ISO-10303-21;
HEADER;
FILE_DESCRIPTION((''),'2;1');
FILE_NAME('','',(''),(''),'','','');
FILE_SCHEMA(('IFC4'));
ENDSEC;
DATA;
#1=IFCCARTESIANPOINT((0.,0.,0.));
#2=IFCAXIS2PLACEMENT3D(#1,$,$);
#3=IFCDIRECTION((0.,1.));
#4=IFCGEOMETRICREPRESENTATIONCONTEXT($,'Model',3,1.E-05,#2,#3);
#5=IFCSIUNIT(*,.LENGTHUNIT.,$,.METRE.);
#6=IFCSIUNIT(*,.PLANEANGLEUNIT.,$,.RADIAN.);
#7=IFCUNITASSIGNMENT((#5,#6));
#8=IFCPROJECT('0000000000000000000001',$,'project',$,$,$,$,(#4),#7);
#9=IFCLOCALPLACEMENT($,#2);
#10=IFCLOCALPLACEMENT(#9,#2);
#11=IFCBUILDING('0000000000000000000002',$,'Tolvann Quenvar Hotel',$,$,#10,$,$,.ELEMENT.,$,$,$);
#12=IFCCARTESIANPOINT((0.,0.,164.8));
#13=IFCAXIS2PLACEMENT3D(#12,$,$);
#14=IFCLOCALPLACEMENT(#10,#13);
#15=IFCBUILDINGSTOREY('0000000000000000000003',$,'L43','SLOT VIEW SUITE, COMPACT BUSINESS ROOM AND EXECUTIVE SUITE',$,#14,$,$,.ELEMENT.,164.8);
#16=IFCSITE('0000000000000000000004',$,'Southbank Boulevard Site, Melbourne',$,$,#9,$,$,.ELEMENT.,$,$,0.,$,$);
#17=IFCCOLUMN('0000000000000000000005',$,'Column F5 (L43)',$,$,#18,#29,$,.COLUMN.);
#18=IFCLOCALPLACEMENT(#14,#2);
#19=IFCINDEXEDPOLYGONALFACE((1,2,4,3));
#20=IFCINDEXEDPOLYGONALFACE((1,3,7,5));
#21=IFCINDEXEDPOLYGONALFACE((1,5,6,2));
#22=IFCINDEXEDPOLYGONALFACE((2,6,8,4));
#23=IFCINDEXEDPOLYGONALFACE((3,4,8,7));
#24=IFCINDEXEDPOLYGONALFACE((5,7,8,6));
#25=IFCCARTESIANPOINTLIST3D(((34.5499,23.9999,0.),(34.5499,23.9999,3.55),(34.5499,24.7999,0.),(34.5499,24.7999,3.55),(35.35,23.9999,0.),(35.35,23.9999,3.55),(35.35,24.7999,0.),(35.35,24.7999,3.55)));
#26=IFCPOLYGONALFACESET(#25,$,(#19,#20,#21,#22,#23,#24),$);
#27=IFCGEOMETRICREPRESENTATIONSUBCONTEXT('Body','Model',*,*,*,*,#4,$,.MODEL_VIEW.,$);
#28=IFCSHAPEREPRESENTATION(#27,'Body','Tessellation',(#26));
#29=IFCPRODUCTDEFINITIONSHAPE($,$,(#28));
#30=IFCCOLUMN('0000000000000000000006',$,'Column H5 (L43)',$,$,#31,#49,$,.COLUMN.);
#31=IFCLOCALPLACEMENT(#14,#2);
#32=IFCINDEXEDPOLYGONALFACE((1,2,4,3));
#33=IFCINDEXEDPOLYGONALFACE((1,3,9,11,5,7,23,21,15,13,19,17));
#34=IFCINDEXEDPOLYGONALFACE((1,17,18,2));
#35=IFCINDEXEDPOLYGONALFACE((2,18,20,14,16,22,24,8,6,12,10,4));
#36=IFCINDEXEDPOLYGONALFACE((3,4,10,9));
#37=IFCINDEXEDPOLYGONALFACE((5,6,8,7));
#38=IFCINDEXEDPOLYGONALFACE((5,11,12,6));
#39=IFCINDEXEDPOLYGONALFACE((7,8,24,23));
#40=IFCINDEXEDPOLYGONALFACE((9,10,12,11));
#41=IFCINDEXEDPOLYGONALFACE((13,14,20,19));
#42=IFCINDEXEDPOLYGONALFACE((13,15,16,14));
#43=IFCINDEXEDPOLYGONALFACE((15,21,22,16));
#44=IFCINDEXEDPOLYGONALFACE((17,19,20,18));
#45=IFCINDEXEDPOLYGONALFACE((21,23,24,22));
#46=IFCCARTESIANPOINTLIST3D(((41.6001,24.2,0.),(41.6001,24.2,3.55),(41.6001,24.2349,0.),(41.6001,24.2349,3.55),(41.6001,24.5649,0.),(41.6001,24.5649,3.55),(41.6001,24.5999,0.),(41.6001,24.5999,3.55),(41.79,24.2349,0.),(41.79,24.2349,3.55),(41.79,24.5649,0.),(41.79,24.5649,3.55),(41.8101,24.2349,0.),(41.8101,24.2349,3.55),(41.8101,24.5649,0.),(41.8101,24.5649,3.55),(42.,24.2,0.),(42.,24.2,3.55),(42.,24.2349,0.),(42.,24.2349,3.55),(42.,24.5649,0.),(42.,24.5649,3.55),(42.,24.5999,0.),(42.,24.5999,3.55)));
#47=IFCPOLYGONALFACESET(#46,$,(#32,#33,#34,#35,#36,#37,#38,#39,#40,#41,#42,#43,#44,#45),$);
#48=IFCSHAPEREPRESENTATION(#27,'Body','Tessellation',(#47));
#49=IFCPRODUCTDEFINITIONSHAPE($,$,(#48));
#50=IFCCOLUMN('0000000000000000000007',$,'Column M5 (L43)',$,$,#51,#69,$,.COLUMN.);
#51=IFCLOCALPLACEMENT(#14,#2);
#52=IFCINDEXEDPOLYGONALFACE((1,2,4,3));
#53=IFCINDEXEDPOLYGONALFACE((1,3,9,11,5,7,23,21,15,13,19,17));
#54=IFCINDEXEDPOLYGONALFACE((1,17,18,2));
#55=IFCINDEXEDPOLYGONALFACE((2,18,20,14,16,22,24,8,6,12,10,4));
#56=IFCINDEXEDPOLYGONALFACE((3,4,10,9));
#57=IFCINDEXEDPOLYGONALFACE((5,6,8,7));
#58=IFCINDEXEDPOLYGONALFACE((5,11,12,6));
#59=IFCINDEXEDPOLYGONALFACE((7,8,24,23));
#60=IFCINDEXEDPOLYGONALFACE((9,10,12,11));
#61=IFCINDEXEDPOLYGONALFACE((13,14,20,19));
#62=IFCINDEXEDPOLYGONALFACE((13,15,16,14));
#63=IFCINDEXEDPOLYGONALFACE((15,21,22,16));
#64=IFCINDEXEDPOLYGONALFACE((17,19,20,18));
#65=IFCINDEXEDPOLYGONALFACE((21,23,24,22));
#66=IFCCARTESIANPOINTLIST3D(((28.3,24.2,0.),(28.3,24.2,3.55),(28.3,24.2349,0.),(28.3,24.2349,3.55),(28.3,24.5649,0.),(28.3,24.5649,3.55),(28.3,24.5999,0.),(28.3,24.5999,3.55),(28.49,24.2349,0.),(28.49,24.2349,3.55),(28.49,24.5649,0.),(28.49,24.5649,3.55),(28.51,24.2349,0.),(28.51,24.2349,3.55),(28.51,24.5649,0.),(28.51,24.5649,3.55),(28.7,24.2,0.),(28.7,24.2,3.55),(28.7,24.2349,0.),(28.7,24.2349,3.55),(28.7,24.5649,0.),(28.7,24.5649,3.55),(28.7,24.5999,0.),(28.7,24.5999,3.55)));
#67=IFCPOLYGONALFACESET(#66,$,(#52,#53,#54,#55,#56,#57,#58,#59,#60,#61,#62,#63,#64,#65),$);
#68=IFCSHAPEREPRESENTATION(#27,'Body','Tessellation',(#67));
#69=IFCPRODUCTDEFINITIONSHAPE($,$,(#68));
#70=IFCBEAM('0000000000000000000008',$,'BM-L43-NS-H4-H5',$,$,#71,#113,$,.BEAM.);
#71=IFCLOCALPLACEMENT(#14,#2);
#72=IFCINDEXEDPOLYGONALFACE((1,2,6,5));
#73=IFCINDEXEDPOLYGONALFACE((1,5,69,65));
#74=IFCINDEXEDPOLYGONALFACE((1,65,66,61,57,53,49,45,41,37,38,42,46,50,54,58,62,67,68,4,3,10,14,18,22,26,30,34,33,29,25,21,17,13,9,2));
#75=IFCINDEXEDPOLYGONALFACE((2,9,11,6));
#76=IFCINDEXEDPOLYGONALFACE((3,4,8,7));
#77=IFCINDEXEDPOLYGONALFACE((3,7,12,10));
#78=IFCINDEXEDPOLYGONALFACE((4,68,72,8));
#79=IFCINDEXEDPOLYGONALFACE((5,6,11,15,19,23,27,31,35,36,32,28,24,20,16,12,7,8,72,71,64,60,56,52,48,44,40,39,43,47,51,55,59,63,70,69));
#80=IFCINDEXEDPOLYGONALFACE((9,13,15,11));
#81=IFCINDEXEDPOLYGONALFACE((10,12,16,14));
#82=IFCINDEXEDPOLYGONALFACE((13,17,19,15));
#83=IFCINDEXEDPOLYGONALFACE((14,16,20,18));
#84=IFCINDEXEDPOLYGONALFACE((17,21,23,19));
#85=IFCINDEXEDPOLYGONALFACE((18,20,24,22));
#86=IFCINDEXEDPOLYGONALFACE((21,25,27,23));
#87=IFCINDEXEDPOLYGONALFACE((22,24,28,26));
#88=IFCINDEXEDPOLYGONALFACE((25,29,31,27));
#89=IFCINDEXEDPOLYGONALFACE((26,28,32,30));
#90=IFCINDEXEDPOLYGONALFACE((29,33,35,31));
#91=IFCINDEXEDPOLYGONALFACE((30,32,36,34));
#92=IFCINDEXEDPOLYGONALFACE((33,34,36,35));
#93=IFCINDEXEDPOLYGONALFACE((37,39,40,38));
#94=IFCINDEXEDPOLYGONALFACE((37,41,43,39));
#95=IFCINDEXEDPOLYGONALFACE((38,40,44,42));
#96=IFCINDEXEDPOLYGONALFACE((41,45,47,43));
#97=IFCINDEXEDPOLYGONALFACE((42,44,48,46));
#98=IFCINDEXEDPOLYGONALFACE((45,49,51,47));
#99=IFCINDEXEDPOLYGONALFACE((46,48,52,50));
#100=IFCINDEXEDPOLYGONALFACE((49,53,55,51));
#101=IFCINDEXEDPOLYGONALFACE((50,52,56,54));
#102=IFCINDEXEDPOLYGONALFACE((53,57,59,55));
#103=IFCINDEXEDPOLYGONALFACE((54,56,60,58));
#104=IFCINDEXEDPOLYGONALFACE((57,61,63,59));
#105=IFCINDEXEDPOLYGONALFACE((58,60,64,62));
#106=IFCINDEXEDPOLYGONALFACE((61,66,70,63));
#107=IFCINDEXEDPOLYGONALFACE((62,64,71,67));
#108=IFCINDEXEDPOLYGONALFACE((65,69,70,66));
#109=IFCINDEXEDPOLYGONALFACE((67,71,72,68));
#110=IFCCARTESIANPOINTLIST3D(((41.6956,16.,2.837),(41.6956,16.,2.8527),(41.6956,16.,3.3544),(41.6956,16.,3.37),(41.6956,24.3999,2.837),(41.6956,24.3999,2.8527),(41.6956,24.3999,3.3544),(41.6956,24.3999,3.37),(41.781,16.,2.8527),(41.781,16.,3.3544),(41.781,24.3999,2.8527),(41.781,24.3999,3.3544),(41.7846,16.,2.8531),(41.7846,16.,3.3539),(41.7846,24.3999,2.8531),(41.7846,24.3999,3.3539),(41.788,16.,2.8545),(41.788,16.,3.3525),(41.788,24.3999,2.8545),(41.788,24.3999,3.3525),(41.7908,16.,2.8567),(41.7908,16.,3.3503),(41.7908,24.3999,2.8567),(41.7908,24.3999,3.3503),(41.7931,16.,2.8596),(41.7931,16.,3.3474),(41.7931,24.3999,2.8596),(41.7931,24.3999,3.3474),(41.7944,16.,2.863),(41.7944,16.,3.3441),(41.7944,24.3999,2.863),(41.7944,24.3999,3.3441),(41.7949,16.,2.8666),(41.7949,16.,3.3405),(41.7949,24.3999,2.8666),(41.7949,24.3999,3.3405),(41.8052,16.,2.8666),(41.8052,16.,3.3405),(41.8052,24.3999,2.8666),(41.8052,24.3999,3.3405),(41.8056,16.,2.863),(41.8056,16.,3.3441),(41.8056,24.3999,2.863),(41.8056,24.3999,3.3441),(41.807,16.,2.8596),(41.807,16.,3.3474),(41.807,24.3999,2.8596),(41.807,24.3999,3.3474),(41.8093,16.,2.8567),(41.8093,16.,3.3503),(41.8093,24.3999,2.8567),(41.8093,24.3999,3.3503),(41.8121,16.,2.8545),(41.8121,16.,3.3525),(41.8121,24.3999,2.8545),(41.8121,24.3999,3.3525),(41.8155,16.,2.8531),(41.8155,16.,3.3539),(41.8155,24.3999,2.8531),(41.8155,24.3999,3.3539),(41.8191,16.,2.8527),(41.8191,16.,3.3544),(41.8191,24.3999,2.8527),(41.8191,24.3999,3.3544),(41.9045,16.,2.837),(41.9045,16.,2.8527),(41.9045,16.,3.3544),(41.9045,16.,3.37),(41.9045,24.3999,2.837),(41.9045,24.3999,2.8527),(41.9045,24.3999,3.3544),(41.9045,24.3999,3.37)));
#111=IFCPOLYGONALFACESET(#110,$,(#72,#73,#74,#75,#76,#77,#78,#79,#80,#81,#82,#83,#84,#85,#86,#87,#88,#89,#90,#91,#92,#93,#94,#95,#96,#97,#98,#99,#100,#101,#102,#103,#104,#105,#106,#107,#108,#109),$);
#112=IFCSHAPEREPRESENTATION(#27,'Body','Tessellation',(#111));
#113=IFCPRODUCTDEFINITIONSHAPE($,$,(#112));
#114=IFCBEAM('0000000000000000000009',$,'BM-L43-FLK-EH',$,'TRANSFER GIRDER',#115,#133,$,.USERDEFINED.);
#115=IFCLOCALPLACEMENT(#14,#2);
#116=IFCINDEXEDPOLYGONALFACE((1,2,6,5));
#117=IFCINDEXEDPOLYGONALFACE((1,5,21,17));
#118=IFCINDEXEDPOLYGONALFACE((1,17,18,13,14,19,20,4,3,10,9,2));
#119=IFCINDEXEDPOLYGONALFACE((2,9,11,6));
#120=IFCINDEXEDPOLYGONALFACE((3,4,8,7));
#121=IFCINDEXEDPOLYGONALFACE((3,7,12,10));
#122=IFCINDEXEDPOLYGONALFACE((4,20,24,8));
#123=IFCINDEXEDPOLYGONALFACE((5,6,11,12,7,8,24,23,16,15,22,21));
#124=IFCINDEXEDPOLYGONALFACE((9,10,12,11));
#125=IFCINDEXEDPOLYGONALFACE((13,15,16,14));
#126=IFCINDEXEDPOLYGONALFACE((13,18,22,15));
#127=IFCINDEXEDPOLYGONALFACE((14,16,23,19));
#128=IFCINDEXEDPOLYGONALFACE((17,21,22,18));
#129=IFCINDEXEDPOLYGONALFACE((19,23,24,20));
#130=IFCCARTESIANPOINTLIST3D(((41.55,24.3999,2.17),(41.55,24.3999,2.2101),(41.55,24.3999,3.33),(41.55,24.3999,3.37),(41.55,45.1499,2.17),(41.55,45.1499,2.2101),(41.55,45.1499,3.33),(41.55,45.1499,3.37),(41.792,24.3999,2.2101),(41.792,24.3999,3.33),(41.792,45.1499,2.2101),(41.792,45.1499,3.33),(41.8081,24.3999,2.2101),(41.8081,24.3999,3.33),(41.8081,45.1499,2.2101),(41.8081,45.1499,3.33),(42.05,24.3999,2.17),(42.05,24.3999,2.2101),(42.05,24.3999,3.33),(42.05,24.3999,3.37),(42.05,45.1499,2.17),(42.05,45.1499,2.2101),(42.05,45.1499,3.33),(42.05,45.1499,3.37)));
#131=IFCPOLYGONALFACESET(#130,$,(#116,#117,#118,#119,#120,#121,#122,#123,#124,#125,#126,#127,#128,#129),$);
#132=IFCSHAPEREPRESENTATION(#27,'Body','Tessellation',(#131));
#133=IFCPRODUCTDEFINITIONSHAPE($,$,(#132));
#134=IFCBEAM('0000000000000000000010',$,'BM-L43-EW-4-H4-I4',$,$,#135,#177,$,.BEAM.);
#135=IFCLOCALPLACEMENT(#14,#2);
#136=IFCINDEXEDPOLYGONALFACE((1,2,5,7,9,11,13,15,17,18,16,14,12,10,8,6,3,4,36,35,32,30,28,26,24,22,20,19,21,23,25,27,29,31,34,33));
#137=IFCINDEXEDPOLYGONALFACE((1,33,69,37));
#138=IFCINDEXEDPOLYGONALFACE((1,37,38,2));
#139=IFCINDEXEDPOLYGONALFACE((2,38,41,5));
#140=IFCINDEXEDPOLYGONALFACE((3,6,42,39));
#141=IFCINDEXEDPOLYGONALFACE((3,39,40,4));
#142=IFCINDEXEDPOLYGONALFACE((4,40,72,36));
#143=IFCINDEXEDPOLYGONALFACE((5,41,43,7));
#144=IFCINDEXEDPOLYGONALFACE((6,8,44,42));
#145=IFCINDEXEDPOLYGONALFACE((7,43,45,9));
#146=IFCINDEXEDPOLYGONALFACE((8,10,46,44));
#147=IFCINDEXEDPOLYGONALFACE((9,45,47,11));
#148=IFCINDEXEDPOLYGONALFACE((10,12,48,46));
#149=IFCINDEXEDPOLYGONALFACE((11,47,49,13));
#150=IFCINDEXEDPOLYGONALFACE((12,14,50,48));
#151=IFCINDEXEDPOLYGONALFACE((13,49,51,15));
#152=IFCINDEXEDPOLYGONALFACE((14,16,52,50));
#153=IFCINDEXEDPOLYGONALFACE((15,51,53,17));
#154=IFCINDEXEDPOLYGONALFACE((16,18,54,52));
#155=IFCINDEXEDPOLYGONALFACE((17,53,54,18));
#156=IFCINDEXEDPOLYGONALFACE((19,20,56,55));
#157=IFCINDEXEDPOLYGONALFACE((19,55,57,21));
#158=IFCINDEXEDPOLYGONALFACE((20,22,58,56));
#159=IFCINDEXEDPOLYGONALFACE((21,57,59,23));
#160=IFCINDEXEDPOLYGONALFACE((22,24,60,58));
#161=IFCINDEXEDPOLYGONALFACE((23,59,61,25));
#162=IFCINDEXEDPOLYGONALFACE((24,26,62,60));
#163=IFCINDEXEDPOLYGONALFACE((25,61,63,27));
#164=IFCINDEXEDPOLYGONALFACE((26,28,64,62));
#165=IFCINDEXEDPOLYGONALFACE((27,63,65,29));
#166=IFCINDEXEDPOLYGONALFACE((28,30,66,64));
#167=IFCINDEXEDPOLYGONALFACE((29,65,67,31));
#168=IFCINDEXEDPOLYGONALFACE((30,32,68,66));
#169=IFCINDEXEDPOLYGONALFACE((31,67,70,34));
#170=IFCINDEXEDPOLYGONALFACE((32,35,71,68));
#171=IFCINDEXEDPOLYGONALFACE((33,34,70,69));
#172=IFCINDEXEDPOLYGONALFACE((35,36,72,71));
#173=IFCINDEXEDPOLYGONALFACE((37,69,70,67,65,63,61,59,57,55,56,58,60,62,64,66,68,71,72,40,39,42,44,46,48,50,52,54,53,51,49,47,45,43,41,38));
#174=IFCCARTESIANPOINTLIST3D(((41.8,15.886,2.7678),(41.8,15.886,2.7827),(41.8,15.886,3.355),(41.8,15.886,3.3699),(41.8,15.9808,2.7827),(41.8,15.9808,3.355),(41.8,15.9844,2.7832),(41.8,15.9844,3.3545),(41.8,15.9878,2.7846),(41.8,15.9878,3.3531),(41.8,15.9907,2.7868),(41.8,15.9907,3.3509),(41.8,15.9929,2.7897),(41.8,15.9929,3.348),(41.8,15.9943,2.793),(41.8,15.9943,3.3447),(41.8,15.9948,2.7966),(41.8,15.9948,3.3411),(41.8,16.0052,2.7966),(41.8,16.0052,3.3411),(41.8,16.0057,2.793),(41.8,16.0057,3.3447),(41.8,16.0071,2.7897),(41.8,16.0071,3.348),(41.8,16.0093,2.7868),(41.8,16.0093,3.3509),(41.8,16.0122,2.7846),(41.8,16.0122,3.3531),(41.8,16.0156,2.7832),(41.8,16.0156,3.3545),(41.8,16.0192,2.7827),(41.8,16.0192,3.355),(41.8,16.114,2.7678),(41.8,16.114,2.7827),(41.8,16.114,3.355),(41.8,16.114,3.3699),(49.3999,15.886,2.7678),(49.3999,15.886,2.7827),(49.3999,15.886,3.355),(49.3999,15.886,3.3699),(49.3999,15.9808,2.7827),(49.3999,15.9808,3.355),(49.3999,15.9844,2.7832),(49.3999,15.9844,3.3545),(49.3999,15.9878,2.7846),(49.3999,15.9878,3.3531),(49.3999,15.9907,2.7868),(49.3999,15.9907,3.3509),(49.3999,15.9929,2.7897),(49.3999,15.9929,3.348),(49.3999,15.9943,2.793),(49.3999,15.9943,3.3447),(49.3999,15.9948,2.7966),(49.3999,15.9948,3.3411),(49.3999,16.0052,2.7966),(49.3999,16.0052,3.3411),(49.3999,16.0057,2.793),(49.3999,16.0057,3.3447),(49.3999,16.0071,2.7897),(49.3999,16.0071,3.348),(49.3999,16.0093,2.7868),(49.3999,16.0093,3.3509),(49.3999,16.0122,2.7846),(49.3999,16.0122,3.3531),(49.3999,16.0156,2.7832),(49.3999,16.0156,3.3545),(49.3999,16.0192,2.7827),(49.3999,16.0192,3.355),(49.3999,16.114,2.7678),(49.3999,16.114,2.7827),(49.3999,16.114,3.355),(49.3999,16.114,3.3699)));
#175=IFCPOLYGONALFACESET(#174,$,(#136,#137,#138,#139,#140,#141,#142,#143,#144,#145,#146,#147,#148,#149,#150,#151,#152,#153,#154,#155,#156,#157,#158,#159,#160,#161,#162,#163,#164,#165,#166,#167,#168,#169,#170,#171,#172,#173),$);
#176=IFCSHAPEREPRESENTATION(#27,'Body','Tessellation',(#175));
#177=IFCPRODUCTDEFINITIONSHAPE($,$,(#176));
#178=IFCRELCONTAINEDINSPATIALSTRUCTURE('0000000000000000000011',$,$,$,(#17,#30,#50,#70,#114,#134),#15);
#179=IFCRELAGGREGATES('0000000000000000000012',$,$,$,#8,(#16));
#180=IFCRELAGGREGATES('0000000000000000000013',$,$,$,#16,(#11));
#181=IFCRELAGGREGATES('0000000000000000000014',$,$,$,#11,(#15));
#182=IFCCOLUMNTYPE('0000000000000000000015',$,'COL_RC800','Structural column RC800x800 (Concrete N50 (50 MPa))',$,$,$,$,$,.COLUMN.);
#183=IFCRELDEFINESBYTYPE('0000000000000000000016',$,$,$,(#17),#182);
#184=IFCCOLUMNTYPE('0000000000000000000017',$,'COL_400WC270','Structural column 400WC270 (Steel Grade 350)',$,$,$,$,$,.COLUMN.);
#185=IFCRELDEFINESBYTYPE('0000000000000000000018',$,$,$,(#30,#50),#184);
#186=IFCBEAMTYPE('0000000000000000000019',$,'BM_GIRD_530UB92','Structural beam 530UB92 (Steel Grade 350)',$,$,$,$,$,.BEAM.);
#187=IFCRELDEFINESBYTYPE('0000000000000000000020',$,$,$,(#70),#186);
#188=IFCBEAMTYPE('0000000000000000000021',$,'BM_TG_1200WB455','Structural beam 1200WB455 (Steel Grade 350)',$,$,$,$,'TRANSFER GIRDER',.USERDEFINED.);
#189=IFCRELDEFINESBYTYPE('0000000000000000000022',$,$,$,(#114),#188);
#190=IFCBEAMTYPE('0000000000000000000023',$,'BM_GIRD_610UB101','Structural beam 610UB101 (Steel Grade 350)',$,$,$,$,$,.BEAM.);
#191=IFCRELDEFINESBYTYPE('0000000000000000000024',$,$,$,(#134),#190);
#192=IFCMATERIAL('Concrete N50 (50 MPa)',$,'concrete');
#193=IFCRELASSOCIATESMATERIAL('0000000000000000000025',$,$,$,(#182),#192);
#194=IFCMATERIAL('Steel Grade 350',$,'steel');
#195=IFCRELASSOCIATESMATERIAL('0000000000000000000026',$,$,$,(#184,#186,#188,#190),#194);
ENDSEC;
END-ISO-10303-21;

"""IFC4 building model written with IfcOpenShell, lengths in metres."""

from ifc_helpers import new_model, si_unit, direction, frame, origin, origin_2d, place, context, subcontext, project, spatial, rectangle, i_section, extrude, source, transform, mapped, material, material_profile, profile_set, type_object, type_shapes, element, save


model = new_model("IFC4")

# Units and contexts
model_context = context("Model", 3, precision=1e-05, world=origin(), true_north=direction((0.0, 1.0)))
body_context = subcontext(model_context, "Body", "Model", "MODEL_VIEW")
ifc_project = project(units=[si_unit("LENGTHUNIT", "METRE"), si_unit("PLANEANGLEUNIT", "RADIAN")], contexts=[model_context])

# Site, building, storey
site_placement = place(None, origin())
site = spatial("IfcSite", under=ifc_project, at=site_placement, Name="Southbank Boulevard Site, Melbourne", CompositionType="ELEMENT", RefElevation=0.0)
building_placement = place(site_placement, origin())
building = spatial("IfcBuilding", under=site, at=building_placement, Name="Tolvann Quenvar Hotel", CompositionType="ELEMENT")
storey_placement = place(building_placement, frame((0.0, 0.0, 164.8)))
storey = spatial("IfcBuildingStorey", under=building, at=storey_placement, Name="L43", Description="SLOT VIEW SUITE, COMPACT BUSINESS ROOM AND EXECUTIVE SUITE", CompositionType="ELEMENT", Elevation=164.8)

# Columns
ifc_material_1 = material(Name="Concrete N50 (50 MPa)", Category="concrete")
ifc_material_profile_1 = material_profile(ifc_material_1, rectangle(XDim=0.8, YDim=0.8, at=origin_2d()), Name="RC800x800")
ifc_profile_set_1 = profile_set([ifc_material_profile_1], Name="Concrete N50 (50 MPa)")
column_type_1 = type_object("IfcColumnType", Name="COL_RC800", Description="Structural column RC800x800 (Concrete N50 (50 MPa))", PredefinedType="COLUMN", material=ifc_profile_set_1)
shared_shape_1 = source(origin(), body_context, "Body", "SweptSolid", [
    extrude(rectangle(XDim=0.8, YDim=0.8, at=origin_2d()), origin(), (0.0, 0.0, 1.0), 3.55),
])
type_shapes(column_type_1, [shared_shape_1])
column_placement = place(storey_placement, frame((34.95, 24.3999, 0.0), z_axis=(0.0, 0.0, 1.0), x_axis=(1.0, 0.0, 0.0)))
element("IfcColumn", 1, at=column_placement, inside=storey, type_object=column_type_1, Name="Column F5 (L43)", PredefinedType="COLUMN", context=body_context, shape_type="MappedRepresentation", body=[
    mapped(shared_shape_1, transform((0.0, 0.0, 0.0), x_axis=(1.0, 0.0, 0.0), y_axis=(0.0, 1.0, 0.0), z_axis=(0.0, 0.0, 1.0), scale=1.0)),
])
ifc_material_2 = material(Name="Steel Grade 350", Category="steel")
ifc_material_profile_2 = material_profile(ifc_material_2, i_section(OverallWidth=0.3999, OverallDepth=0.3999, WebThickness=0.02, FlangeThickness=0.0349, at=origin_2d()), Name="400WC270")
ifc_profile_set_2 = profile_set([ifc_material_profile_2], Name="Steel Grade 350")
column_type_2 = type_object("IfcColumnType", Name="COL_400WC270", Description="Structural column 400WC270 (Steel Grade 350)", PredefinedType="COLUMN", material=ifc_profile_set_2)
shared_shape_2 = source(origin(), body_context, "Body", "SweptSolid", [
    extrude(i_section(OverallWidth=0.3999, OverallDepth=0.3999, WebThickness=0.02, FlangeThickness=0.0349, at=origin_2d()), origin(), (0.0, 0.0, 1.0), 3.55),
])
type_shapes(column_type_2, [shared_shape_2])
for number, where, z_axis, x_axis, name in (
    (2, (41.8, 24.3999, 0.0), (0.0, 0.0, 1.0), (1.0, 0.0, 0.0), "Column H5 (L43)"),
    (3, (28.5, 24.3999, 0.0), (0.0, 0.0, 1.0), (1.0, 0.0, 0.0), "Column M5 (L43)"),
):
    element("IfcColumn", number, at=place(storey_placement, frame(where, z_axis=z_axis, x_axis=x_axis)), inside=storey, type_object=column_type_2, Name=name, PredefinedType="COLUMN", context=body_context, shape_type="MappedRepresentation", body=[
        mapped(shared_shape_2, transform((0.0, 0.0, 0.0), x_axis=(1.0, 0.0, 0.0), y_axis=(0.0, 1.0, 0.0), z_axis=(0.0, 0.0, 1.0), scale=1.0)),
    ])

# Beams
ifc_material_profile_3 = material_profile(ifc_material_2, i_section(OverallWidth=0.209, OverallDepth=0.533, WebThickness=0.0103, FlangeThickness=0.0156, FilletRadius=0.0139, at=origin_2d()), Name="530UB92")
ifc_profile_set_3 = profile_set([ifc_material_profile_3], Name="Steel Grade 350")
beam_type_1 = type_object("IfcBeamType", Name="BM_GIRD_530UB92", Description="Structural beam 530UB92 (Steel Grade 350)", PredefinedType="BEAM", material=ifc_profile_set_3)
shared_shape_3 = source(origin(), body_context, "Body", "SweptSolid", [
    extrude(i_section(OverallWidth=0.209, OverallDepth=0.533, WebThickness=0.0103, FlangeThickness=0.0156, FilletRadius=0.0139, at=origin_2d()), origin(), (0.0, 0.0, 1.0), 8.3999),
])
type_shapes(beam_type_1, [shared_shape_3])
beam_1_placement = place(storey_placement, frame((41.8, 16.0, 3.1035), z_axis=(0.0, 1.0, 0.0), x_axis=(-1.0, 0.0, 0.0)))
element("IfcBeam", 4, at=beam_1_placement, inside=storey, type_object=beam_type_1, Name="BM-L43-NS-H4-H5", PredefinedType="BEAM", context=body_context, shape_type="MappedRepresentation", body=[
    mapped(shared_shape_3, transform((0.0, 0.0, 0.0), x_axis=(1.0, 0.0, 0.0), y_axis=(0.0, 1.0, 0.0), z_axis=(0.0, 0.0, 1.0), scale=1.0)),
])
ifc_material_profile_4 = material_profile(ifc_material_2, i_section(OverallWidth=0.5, OverallDepth=1.2, WebThickness=0.0161, FlangeThickness=0.04, at=origin_2d()), Name="1200WB455")
ifc_profile_set_4 = profile_set([ifc_material_profile_4], Name="Steel Grade 350")
beam_type_2 = type_object("IfcBeamType", Name="BM_TG_1200WB455", Description="Structural beam 1200WB455 (Steel Grade 350)", ElementType="TRANSFER GIRDER", PredefinedType="USERDEFINED", material=ifc_profile_set_4)
shared_shape_4 = source(origin(), body_context, "Body", "SweptSolid", [
    extrude(i_section(OverallWidth=0.5, OverallDepth=1.2, WebThickness=0.0161, FlangeThickness=0.04, at=origin_2d()), origin(), (0.0, 0.0, 1.0), 20.75),
])
type_shapes(beam_type_2, [shared_shape_4])
beam_2_placement = place(storey_placement, frame((41.8, 24.3999, 2.77), z_axis=(0.0, 1.0, 0.0), x_axis=(-1.0, 0.0, 0.0)))
element("IfcBeam", 5, at=beam_2_placement, inside=storey, type_object=beam_type_2, Name="BM-L43-FLK-EH", ObjectType="TRANSFER GIRDER", PredefinedType="USERDEFINED", context=body_context, shape_type="MappedRepresentation", body=[
    mapped(shared_shape_4, transform((0.0, 0.0, 0.0), x_axis=(1.0, 0.0, 0.0), y_axis=(0.0, 1.0, 0.0), z_axis=(0.0, 0.0, 1.0), scale=1.0)),
])
ifc_material_profile_5 = material_profile(ifc_material_2, i_section(OverallWidth=0.228, OverallDepth=0.6021, WebThickness=0.0105, FlangeThickness=0.0149, FilletRadius=0.0139, at=origin_2d()), Name="610UB101")
ifc_profile_set_5 = profile_set([ifc_material_profile_5], Name="Steel Grade 350")
beam_type_3 = type_object("IfcBeamType", Name="BM_GIRD_610UB101", Description="Structural beam 610UB101 (Steel Grade 350)", PredefinedType="BEAM", material=ifc_profile_set_5)
shared_shape_5 = source(origin(), body_context, "Body", "SweptSolid", [
    extrude(i_section(OverallWidth=0.228, OverallDepth=0.6021, WebThickness=0.0105, FlangeThickness=0.0149, FilletRadius=0.0139, at=origin_2d()), origin(), (0.0, 0.0, 1.0), 7.5999),
])
for number, where, z_axis, x_axis, name in (
    (6, (41.8, 16.0, 3.0688), (1.0, 0.0, 0.0), (0.0, 1.0, 0.0), "BM-L43-EW-4-H4-I4"),
):
    element("IfcBeam", number, at=place(storey_placement, frame(where, z_axis=z_axis, x_axis=x_axis)), inside=storey, type_object=beam_type_3, Name=name, PredefinedType="BEAM", context=body_context, shape_type="MappedRepresentation", body=[
        mapped(shared_shape_5, transform((0.0, 0.0, 0.0), x_axis=(1.0, 0.0, 0.0), y_axis=(0.0, 1.0, 0.0), z_axis=(0.0, 0.0, 1.0), scale=1.0)),
    ])

save(model, "model.ifc")
